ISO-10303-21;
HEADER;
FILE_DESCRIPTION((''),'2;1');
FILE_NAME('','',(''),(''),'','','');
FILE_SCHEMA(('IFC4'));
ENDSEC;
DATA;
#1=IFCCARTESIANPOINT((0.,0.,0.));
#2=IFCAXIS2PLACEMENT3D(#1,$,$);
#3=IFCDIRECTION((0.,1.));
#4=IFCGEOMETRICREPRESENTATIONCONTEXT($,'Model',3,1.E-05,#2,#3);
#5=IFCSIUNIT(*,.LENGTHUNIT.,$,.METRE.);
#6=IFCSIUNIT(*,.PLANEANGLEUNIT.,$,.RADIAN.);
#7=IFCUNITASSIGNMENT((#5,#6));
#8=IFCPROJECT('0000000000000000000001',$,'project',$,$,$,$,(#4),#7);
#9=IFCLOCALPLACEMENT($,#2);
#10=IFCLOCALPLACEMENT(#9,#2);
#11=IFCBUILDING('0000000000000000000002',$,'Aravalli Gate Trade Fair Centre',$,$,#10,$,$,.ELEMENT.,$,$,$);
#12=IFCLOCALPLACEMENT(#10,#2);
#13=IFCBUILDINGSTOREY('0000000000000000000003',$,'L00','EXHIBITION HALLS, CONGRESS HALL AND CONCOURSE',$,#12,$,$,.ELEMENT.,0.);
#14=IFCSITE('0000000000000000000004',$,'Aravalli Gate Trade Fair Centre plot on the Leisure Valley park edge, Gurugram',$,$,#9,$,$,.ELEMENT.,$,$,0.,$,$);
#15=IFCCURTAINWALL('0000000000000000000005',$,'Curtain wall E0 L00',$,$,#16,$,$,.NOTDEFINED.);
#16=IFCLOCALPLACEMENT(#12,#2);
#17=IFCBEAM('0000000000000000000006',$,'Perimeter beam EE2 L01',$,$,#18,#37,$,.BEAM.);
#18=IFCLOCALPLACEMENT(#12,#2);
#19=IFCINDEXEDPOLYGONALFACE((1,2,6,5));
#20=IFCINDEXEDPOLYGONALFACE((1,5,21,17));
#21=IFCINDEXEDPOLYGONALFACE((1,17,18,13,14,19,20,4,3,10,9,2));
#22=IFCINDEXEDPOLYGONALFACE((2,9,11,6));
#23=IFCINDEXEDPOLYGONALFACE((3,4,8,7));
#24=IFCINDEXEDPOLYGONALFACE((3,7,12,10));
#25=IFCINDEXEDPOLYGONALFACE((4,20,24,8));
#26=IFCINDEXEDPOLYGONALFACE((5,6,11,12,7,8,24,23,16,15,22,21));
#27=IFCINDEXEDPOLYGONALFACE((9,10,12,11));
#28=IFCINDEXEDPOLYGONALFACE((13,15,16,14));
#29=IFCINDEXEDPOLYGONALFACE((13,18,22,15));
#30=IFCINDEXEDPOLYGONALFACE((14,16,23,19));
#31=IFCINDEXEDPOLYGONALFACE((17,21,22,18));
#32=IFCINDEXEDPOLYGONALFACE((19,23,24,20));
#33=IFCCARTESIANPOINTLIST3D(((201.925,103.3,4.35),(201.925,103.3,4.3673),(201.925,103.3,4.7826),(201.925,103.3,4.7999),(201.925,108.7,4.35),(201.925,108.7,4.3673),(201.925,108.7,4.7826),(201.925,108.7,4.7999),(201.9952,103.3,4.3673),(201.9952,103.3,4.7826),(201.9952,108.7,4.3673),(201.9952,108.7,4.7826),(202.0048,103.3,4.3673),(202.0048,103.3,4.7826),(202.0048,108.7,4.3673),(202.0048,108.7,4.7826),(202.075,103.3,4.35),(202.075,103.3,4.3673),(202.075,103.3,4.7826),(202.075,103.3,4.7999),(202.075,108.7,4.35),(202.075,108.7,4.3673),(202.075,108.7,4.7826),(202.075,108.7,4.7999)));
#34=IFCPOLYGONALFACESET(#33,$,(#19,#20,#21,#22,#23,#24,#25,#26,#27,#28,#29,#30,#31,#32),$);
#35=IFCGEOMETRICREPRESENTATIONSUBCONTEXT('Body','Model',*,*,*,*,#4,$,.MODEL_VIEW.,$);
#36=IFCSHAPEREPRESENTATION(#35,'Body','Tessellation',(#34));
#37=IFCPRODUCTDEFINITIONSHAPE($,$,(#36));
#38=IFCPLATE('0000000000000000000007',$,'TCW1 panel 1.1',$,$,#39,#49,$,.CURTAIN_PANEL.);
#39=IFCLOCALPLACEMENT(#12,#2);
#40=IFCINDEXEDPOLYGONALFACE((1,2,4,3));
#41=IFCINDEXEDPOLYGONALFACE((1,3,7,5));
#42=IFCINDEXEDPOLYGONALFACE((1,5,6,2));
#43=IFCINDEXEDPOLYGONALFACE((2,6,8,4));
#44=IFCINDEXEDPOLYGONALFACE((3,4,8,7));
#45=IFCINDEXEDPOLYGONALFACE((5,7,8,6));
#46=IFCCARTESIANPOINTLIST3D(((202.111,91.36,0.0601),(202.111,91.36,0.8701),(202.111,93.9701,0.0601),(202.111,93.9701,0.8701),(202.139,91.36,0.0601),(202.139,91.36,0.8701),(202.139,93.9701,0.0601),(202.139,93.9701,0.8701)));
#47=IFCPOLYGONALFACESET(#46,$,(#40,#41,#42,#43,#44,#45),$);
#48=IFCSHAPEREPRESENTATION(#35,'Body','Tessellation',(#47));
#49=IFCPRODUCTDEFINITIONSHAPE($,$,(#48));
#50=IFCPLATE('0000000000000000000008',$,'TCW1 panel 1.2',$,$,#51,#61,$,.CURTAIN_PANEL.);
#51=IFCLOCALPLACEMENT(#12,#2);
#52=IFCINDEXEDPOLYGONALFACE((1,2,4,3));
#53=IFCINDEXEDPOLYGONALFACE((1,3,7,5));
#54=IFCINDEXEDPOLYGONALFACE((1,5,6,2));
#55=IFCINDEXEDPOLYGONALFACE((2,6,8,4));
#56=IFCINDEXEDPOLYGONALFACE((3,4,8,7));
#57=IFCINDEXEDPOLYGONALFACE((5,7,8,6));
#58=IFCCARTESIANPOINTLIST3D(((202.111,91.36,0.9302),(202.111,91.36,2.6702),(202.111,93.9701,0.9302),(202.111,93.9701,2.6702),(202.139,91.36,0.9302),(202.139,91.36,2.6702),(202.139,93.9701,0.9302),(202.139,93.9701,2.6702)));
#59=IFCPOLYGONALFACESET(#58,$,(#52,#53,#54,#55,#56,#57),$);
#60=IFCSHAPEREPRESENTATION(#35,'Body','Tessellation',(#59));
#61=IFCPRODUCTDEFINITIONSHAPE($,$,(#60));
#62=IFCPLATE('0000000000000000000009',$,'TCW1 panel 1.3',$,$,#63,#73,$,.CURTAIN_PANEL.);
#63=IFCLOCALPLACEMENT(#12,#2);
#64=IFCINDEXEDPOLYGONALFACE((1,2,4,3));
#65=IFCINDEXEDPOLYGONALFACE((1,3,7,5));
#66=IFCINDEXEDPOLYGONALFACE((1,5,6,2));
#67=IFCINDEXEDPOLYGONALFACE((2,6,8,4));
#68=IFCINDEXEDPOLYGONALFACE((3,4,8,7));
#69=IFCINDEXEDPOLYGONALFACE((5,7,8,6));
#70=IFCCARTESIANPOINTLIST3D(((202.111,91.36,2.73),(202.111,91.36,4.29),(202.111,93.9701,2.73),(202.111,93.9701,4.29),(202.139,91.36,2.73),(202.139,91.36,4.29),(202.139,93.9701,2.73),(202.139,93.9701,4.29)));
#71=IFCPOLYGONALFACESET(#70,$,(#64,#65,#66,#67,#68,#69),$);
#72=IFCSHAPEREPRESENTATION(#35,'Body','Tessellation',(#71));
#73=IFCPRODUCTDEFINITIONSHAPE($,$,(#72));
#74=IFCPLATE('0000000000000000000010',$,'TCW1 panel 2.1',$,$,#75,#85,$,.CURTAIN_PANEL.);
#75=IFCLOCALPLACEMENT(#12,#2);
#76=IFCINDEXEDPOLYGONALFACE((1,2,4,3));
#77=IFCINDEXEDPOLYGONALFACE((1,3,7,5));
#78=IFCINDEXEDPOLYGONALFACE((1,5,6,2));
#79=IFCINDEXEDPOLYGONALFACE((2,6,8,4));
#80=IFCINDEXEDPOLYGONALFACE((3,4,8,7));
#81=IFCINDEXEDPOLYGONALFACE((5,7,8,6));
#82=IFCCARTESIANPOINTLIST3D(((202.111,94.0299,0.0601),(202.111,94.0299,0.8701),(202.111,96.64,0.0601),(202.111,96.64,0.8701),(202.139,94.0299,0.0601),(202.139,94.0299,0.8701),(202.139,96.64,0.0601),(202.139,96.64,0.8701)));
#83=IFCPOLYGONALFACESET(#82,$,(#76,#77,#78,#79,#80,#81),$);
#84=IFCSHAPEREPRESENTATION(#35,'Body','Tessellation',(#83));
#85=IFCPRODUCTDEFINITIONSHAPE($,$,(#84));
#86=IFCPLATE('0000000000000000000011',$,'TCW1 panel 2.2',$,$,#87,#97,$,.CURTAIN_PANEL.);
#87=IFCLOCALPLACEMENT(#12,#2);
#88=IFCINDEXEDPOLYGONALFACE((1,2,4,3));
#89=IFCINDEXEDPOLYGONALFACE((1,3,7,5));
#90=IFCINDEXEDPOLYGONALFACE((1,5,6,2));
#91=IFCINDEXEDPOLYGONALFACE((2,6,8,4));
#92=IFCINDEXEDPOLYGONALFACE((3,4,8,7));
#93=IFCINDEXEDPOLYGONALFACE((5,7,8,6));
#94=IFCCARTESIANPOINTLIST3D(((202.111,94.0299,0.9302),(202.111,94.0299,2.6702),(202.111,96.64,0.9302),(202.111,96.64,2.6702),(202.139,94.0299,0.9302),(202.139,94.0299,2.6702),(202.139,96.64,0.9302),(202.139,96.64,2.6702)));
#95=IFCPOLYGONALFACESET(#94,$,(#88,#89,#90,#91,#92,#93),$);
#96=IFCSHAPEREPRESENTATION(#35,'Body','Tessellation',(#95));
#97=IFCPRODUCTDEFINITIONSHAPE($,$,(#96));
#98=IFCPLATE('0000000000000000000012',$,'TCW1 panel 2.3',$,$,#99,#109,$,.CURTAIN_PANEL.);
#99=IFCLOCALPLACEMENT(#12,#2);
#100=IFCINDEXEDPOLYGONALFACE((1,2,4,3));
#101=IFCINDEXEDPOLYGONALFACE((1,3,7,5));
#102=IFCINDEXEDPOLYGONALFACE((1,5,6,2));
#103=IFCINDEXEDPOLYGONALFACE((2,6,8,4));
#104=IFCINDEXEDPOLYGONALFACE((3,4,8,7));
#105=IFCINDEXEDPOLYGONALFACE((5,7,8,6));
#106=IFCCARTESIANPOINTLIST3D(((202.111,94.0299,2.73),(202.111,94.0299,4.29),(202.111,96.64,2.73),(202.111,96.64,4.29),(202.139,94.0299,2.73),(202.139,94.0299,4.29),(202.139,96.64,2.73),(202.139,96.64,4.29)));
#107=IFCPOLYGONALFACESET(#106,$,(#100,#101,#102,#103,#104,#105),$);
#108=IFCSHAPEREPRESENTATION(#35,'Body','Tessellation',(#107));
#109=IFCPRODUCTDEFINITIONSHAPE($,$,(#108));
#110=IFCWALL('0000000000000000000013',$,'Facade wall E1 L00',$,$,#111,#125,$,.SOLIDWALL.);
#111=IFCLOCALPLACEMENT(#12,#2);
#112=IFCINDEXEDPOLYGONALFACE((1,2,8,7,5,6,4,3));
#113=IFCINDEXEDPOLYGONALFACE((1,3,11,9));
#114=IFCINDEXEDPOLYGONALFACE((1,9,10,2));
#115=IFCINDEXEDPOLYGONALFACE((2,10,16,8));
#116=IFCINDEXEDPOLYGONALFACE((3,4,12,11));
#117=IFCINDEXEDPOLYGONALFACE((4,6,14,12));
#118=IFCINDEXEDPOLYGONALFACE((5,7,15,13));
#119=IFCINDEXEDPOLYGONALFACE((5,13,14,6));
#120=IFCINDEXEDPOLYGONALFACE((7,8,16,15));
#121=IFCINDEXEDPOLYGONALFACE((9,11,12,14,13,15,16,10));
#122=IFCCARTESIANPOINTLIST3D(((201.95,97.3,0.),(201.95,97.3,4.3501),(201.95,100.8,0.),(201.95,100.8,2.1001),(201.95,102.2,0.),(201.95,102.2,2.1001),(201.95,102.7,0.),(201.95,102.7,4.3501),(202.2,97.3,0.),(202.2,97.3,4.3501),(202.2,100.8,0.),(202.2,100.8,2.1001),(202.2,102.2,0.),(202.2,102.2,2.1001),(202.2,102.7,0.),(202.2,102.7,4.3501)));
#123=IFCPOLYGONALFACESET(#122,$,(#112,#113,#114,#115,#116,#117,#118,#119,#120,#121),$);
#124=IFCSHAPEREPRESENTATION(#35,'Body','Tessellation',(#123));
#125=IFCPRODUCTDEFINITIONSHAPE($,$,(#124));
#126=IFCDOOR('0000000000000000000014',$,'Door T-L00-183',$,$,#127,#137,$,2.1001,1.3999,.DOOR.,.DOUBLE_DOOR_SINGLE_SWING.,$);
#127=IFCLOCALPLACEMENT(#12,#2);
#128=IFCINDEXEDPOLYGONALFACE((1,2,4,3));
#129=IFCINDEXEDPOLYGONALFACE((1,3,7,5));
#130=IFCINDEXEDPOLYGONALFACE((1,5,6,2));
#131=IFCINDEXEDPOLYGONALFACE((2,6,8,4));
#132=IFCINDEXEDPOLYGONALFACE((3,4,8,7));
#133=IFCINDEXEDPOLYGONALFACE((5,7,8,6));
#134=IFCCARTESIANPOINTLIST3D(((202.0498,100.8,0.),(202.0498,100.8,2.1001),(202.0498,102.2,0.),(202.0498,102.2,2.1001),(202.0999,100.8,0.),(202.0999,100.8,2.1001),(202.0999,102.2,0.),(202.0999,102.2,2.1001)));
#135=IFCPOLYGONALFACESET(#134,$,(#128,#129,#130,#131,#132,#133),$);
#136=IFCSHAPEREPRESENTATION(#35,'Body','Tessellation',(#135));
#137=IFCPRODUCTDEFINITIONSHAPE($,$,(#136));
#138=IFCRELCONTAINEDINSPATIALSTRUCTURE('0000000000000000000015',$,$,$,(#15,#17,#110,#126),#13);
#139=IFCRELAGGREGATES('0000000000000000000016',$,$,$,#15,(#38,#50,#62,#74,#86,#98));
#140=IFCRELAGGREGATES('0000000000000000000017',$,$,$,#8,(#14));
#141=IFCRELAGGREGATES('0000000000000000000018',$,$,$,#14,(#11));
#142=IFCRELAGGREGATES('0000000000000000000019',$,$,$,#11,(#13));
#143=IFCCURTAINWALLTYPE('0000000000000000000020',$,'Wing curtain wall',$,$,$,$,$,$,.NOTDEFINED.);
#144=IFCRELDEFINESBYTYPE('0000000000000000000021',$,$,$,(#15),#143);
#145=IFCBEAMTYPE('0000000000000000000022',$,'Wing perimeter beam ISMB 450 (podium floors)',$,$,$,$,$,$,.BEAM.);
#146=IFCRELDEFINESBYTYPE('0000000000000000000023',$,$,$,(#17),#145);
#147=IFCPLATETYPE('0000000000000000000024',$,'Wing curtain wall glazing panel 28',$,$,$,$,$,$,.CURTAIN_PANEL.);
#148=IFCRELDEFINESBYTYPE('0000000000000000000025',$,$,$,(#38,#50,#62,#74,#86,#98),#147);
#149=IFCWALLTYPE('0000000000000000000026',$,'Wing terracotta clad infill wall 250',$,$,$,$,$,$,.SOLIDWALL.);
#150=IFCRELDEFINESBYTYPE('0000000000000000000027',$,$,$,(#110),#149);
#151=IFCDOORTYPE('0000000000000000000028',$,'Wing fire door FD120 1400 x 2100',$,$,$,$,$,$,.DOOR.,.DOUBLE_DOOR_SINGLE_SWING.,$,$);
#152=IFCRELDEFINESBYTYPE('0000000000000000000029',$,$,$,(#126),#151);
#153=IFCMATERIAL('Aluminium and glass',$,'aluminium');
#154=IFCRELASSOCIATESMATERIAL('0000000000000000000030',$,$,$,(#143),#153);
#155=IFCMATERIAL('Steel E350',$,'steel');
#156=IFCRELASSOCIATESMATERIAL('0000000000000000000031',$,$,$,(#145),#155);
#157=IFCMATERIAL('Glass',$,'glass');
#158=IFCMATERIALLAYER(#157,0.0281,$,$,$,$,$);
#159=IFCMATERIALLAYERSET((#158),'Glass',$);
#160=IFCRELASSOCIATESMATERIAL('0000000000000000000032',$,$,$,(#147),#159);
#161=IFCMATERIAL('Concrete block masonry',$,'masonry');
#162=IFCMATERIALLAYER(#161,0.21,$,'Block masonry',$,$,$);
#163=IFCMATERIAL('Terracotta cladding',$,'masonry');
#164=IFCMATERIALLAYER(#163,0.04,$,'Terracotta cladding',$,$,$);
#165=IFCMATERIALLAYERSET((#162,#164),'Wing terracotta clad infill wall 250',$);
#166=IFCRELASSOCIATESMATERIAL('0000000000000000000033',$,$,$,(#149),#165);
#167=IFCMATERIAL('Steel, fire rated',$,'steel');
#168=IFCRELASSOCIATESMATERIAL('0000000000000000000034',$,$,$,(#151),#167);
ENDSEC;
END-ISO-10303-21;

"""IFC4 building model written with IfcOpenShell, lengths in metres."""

from ifc_helpers import new_model, si_unit, direction, frame, frame_2d, origin, origin_2d, place, context, subcontext, project, spatial, rectangle, i_section, extrude, material, layer, layer_set, material_profile, profile_set, type_object, element, fill, aggregate, save


model = new_model("IFC4")

# Units and contexts
model_context = context("Model", 3, precision=1e-05, world=origin(), true_north=direction((0.0, 1.0)))
body_context = subcontext(model_context, "Body", "Model", "MODEL_VIEW")
ifc_project = project(units=[si_unit("LENGTHUNIT", "METRE"), si_unit("PLANEANGLEUNIT", "RADIAN")], contexts=[model_context])

# Site, building, storey
site_placement = place(None, origin())
site = spatial("IfcSite", under=ifc_project, at=site_placement, Name="Aravalli Gate Trade Fair Centre plot on the Leisure Valley park edge, Gurugram", CompositionType="ELEMENT", RefElevation=0.0)
building_placement = place(site_placement, origin())
building = spatial("IfcBuilding", under=site, at=building_placement, Name="Aravalli Gate Trade Fair Centre", CompositionType="ELEMENT")
storey_placement = place(building_placement, origin())
storey = spatial("IfcBuildingStorey", under=building, at=storey_placement, Name="L00", Description="EXHIBITION HALLS, CONGRESS HALL AND CONCOURSE", CompositionType="ELEMENT", Elevation=0.0)

# Shared definitions
ifc_material_1 = material(Name="Steel E350", Category="steel")

# Curtain wall
ifc_material_2 = material(Name="Aluminium and glass", Category="aluminium")
curtain_wall_type = type_object("IfcCurtainWallType", Name="Wing curtain wall", PredefinedType="NOTDEFINED", material=ifc_material_2)
curtain_wall_1_placement = place(storey_placement, origin())
curtain_wall_1 = element("IfcCurtainWall", 1, at=curtain_wall_1_placement, inside=storey, type_object=curtain_wall_type, Name="Curtain wall E0 L00", PredefinedType="NOTDEFINED")

# Beam
ifc_material_profile_1 = material_profile(ifc_material_1, i_section(OverallWidth=0.1499, OverallDepth=0.45, WebThickness=0.0095, FlangeThickness=0.0173, at=origin_2d()), Name="ISMB 450")
ifc_profile_set_1 = profile_set([ifc_material_profile_1], Name="Steel E350")
beam_type = type_object("IfcBeamType", Name="Wing perimeter beam ISMB 450 (podium floors)", PredefinedType="BEAM", material=ifc_profile_set_1)
beam_placement = place(storey_placement, frame((202.0, 103.3, 4.575), z_axis=(0.0, 1.0, 0.0), x_axis=(-1.0, 0.0, 0.0)))
element("IfcBeam", 2, at=beam_placement, inside=storey, type_object=beam_type, Name="Perimeter beam EE2 L01", PredefinedType="BEAM", context=body_context, shape_type="SweptSolid", body=[
    extrude(i_section(OverallWidth=0.1499, OverallDepth=0.45, WebThickness=0.0095, FlangeThickness=0.0173, at=origin_2d()), origin(), (0.0, 0.0, 1.0), 5.3999),
])

# Plates
ifc_material_3 = material(Name="Glass", Category="glass")
ifc_layer_1 = layer(ifc_material_3, 0.0281)
ifc_layer_set_1 = layer_set([ifc_layer_1], Name="Glass")
plate_type = type_object("IfcPlateType", Name="Wing curtain wall glazing panel 28", PredefinedType="CURTAIN_PANEL", material=ifc_layer_set_1)
plate_1_placement = place(storey_placement, frame((202.125, 92.665, 0.0601), z_axis=(0.0, 0.0, 1.0), x_axis=(0.0, 1.0, 0.0)))
plate_1 = element("IfcPlate", 3, at=plate_1_placement, type_object=plate_type, Name="TCW1 panel 1.1", PredefinedType="CURTAIN_PANEL", context=body_context, shape_type="SweptSolid", body=[
    extrude(rectangle(XDim=2.6101, YDim=0.0281, at=origin_2d()), origin(), (0.0, 0.0, 1.0), 0.8101),
])
plate_2_placement = place(storey_placement, frame((202.125, 92.665, 0.9302), z_axis=(0.0, 0.0, 1.0), x_axis=(0.0, 1.0, 0.0)))
plate_2 = element("IfcPlate", 4, at=plate_2_placement, type_object=plate_type, Name="TCW1 panel 1.2", PredefinedType="CURTAIN_PANEL", context=body_context, shape_type="SweptSolid", body=[
    extrude(rectangle(XDim=2.6101, YDim=0.0281, at=origin_2d()), origin(), (0.0, 0.0, 1.0), 1.74),
])
plate_3_placement = place(storey_placement, frame((202.125, 92.665, 2.73), z_axis=(0.0, 0.0, 1.0), x_axis=(0.0, 1.0, 0.0)))
plate_3 = element("IfcPlate", 5, at=plate_3_placement, type_object=plate_type, Name="TCW1 panel 1.3", PredefinedType="CURTAIN_PANEL", context=body_context, shape_type="SweptSolid", body=[
    extrude(rectangle(XDim=2.6101, YDim=0.0281, at=origin_2d()), origin(), (0.0, 0.0, 1.0), 1.5601),
])
plate_4_placement = place(storey_placement, frame((202.125, 95.335, 0.0601), z_axis=(0.0, 0.0, 1.0), x_axis=(0.0, 1.0, 0.0)))
plate_4 = element("IfcPlate", 6, at=plate_4_placement, type_object=plate_type, Name="TCW1 panel 2.1", PredefinedType="CURTAIN_PANEL", context=body_context, shape_type="SweptSolid", body=[
    extrude(rectangle(XDim=2.6101, YDim=0.0281, at=origin_2d()), origin(), (0.0, 0.0, 1.0), 0.8101),
])
plate_5_placement = place(storey_placement, frame((202.125, 95.335, 0.9302), z_axis=(0.0, 0.0, 1.0), x_axis=(0.0, 1.0, 0.0)))
plate_5 = element("IfcPlate", 7, at=plate_5_placement, type_object=plate_type, Name="TCW1 panel 2.2", PredefinedType="CURTAIN_PANEL", context=body_context, shape_type="SweptSolid", body=[
    extrude(rectangle(XDim=2.6101, YDim=0.0281, at=origin_2d()), origin(), (0.0, 0.0, 1.0), 1.74),
])
plate_6_placement = place(storey_placement, frame((202.125, 95.335, 2.73), z_axis=(0.0, 0.0, 1.0), x_axis=(0.0, 1.0, 0.0)))
plate_6 = element("IfcPlate", 8, at=plate_6_placement, type_object=plate_type, Name="TCW1 panel 2.3", PredefinedType="CURTAIN_PANEL", context=body_context, shape_type="SweptSolid", body=[
    extrude(rectangle(XDim=2.6101, YDim=0.0281, at=origin_2d()), origin(), (0.0, 0.0, 1.0), 1.5601),
])
aggregate(curtain_wall_1, [plate_1, plate_2, plate_3, plate_4, plate_5, plate_6])

# Wall, opening, door
ifc_material_4 = material(Name="Concrete block masonry", Category="masonry")
ifc_layer_2 = layer(ifc_material_4, 0.21, Name="Block masonry")
ifc_material_5 = material(Name="Terracotta cladding", Category="masonry")
ifc_layer_3 = layer(ifc_material_5, 0.04, Name="Terracotta cladding")
ifc_layer_set_2 = layer_set([ifc_layer_2, ifc_layer_3], Name="Wing terracotta clad infill wall 250")
wall_type = type_object("IfcWallType", Name="Wing terracotta clad infill wall 250", PredefinedType="SOLIDWALL", material=ifc_layer_set_2)
wall_placement = place(storey_placement, frame((202.075, 97.3, 0.0), z_axis=(0.0, 0.0, 1.0), x_axis=(0.0, 1.0, 0.0)))
wall = element("IfcWall", 9, at=wall_placement, inside=storey, type_object=wall_type, Name="Facade wall E1 L00", PredefinedType="SOLIDWALL", context=body_context, shape_type="SweptSolid", body=[
    extrude(rectangle(XDim=5.3999, YDim=0.25, at=frame_2d((2.7, 0.0))), origin(), (0.0, 0.0, 1.0), 4.3501),
])
opening_placement = place(wall_placement, frame((3.5, 0.0, 0.0)))
opening = element("IfcOpeningElement", 10, at=opening_placement, cuts=wall, PredefinedType="OPENING", context=body_context, shape_type="SweptSolid", body=[
    extrude(rectangle(XDim=1.3999, YDim=2.1001, at=frame_2d((0.7, 1.05))), frame((0.0, 0.135, 0.0), z_axis=(0.0, -1.0, 0.0), x_axis=(1.0, 0.0, 0.0)), (0.0, 0.0, 1.0), 0.27),
])
ifc_material_6 = material(Name="Steel, fire rated", Category="steel")
door_type = type_object("IfcDoorType", Name="Wing fire door FD120 1400 x 2100", OperationType="DOUBLE_DOOR_SINGLE_SWING", PredefinedType="DOOR", material=ifc_material_6)
door_placement = place(opening_placement, frame((1.3999, 0.0, 0.0), z_axis=(0.0, 0.0, 1.0), x_axis=(-1.0, 0.0, 0.0)))
door = element("IfcDoor", 11, at=door_placement, inside=storey, type_object=door_type, Name="Door T-L00-183", OperationType="DOUBLE_DOOR_SINGLE_SWING", OverallHeight=2.1001, OverallWidth=1.3999, PredefinedType="DOOR", context=body_context, shape_type="SweptSolid", body=[
    extrude(rectangle(XDim=1.3999, YDim=2.1001, at=frame_2d((0.7, 1.05))), frame((0.0, 0.0249, 0.0), z_axis=(0.0, -1.0, 0.0), x_axis=(1.0, 0.0, 0.0)), (0.0, 0.0, 1.0), 0.05),
])
fill(opening, door)

save(model, "model.ifc")
